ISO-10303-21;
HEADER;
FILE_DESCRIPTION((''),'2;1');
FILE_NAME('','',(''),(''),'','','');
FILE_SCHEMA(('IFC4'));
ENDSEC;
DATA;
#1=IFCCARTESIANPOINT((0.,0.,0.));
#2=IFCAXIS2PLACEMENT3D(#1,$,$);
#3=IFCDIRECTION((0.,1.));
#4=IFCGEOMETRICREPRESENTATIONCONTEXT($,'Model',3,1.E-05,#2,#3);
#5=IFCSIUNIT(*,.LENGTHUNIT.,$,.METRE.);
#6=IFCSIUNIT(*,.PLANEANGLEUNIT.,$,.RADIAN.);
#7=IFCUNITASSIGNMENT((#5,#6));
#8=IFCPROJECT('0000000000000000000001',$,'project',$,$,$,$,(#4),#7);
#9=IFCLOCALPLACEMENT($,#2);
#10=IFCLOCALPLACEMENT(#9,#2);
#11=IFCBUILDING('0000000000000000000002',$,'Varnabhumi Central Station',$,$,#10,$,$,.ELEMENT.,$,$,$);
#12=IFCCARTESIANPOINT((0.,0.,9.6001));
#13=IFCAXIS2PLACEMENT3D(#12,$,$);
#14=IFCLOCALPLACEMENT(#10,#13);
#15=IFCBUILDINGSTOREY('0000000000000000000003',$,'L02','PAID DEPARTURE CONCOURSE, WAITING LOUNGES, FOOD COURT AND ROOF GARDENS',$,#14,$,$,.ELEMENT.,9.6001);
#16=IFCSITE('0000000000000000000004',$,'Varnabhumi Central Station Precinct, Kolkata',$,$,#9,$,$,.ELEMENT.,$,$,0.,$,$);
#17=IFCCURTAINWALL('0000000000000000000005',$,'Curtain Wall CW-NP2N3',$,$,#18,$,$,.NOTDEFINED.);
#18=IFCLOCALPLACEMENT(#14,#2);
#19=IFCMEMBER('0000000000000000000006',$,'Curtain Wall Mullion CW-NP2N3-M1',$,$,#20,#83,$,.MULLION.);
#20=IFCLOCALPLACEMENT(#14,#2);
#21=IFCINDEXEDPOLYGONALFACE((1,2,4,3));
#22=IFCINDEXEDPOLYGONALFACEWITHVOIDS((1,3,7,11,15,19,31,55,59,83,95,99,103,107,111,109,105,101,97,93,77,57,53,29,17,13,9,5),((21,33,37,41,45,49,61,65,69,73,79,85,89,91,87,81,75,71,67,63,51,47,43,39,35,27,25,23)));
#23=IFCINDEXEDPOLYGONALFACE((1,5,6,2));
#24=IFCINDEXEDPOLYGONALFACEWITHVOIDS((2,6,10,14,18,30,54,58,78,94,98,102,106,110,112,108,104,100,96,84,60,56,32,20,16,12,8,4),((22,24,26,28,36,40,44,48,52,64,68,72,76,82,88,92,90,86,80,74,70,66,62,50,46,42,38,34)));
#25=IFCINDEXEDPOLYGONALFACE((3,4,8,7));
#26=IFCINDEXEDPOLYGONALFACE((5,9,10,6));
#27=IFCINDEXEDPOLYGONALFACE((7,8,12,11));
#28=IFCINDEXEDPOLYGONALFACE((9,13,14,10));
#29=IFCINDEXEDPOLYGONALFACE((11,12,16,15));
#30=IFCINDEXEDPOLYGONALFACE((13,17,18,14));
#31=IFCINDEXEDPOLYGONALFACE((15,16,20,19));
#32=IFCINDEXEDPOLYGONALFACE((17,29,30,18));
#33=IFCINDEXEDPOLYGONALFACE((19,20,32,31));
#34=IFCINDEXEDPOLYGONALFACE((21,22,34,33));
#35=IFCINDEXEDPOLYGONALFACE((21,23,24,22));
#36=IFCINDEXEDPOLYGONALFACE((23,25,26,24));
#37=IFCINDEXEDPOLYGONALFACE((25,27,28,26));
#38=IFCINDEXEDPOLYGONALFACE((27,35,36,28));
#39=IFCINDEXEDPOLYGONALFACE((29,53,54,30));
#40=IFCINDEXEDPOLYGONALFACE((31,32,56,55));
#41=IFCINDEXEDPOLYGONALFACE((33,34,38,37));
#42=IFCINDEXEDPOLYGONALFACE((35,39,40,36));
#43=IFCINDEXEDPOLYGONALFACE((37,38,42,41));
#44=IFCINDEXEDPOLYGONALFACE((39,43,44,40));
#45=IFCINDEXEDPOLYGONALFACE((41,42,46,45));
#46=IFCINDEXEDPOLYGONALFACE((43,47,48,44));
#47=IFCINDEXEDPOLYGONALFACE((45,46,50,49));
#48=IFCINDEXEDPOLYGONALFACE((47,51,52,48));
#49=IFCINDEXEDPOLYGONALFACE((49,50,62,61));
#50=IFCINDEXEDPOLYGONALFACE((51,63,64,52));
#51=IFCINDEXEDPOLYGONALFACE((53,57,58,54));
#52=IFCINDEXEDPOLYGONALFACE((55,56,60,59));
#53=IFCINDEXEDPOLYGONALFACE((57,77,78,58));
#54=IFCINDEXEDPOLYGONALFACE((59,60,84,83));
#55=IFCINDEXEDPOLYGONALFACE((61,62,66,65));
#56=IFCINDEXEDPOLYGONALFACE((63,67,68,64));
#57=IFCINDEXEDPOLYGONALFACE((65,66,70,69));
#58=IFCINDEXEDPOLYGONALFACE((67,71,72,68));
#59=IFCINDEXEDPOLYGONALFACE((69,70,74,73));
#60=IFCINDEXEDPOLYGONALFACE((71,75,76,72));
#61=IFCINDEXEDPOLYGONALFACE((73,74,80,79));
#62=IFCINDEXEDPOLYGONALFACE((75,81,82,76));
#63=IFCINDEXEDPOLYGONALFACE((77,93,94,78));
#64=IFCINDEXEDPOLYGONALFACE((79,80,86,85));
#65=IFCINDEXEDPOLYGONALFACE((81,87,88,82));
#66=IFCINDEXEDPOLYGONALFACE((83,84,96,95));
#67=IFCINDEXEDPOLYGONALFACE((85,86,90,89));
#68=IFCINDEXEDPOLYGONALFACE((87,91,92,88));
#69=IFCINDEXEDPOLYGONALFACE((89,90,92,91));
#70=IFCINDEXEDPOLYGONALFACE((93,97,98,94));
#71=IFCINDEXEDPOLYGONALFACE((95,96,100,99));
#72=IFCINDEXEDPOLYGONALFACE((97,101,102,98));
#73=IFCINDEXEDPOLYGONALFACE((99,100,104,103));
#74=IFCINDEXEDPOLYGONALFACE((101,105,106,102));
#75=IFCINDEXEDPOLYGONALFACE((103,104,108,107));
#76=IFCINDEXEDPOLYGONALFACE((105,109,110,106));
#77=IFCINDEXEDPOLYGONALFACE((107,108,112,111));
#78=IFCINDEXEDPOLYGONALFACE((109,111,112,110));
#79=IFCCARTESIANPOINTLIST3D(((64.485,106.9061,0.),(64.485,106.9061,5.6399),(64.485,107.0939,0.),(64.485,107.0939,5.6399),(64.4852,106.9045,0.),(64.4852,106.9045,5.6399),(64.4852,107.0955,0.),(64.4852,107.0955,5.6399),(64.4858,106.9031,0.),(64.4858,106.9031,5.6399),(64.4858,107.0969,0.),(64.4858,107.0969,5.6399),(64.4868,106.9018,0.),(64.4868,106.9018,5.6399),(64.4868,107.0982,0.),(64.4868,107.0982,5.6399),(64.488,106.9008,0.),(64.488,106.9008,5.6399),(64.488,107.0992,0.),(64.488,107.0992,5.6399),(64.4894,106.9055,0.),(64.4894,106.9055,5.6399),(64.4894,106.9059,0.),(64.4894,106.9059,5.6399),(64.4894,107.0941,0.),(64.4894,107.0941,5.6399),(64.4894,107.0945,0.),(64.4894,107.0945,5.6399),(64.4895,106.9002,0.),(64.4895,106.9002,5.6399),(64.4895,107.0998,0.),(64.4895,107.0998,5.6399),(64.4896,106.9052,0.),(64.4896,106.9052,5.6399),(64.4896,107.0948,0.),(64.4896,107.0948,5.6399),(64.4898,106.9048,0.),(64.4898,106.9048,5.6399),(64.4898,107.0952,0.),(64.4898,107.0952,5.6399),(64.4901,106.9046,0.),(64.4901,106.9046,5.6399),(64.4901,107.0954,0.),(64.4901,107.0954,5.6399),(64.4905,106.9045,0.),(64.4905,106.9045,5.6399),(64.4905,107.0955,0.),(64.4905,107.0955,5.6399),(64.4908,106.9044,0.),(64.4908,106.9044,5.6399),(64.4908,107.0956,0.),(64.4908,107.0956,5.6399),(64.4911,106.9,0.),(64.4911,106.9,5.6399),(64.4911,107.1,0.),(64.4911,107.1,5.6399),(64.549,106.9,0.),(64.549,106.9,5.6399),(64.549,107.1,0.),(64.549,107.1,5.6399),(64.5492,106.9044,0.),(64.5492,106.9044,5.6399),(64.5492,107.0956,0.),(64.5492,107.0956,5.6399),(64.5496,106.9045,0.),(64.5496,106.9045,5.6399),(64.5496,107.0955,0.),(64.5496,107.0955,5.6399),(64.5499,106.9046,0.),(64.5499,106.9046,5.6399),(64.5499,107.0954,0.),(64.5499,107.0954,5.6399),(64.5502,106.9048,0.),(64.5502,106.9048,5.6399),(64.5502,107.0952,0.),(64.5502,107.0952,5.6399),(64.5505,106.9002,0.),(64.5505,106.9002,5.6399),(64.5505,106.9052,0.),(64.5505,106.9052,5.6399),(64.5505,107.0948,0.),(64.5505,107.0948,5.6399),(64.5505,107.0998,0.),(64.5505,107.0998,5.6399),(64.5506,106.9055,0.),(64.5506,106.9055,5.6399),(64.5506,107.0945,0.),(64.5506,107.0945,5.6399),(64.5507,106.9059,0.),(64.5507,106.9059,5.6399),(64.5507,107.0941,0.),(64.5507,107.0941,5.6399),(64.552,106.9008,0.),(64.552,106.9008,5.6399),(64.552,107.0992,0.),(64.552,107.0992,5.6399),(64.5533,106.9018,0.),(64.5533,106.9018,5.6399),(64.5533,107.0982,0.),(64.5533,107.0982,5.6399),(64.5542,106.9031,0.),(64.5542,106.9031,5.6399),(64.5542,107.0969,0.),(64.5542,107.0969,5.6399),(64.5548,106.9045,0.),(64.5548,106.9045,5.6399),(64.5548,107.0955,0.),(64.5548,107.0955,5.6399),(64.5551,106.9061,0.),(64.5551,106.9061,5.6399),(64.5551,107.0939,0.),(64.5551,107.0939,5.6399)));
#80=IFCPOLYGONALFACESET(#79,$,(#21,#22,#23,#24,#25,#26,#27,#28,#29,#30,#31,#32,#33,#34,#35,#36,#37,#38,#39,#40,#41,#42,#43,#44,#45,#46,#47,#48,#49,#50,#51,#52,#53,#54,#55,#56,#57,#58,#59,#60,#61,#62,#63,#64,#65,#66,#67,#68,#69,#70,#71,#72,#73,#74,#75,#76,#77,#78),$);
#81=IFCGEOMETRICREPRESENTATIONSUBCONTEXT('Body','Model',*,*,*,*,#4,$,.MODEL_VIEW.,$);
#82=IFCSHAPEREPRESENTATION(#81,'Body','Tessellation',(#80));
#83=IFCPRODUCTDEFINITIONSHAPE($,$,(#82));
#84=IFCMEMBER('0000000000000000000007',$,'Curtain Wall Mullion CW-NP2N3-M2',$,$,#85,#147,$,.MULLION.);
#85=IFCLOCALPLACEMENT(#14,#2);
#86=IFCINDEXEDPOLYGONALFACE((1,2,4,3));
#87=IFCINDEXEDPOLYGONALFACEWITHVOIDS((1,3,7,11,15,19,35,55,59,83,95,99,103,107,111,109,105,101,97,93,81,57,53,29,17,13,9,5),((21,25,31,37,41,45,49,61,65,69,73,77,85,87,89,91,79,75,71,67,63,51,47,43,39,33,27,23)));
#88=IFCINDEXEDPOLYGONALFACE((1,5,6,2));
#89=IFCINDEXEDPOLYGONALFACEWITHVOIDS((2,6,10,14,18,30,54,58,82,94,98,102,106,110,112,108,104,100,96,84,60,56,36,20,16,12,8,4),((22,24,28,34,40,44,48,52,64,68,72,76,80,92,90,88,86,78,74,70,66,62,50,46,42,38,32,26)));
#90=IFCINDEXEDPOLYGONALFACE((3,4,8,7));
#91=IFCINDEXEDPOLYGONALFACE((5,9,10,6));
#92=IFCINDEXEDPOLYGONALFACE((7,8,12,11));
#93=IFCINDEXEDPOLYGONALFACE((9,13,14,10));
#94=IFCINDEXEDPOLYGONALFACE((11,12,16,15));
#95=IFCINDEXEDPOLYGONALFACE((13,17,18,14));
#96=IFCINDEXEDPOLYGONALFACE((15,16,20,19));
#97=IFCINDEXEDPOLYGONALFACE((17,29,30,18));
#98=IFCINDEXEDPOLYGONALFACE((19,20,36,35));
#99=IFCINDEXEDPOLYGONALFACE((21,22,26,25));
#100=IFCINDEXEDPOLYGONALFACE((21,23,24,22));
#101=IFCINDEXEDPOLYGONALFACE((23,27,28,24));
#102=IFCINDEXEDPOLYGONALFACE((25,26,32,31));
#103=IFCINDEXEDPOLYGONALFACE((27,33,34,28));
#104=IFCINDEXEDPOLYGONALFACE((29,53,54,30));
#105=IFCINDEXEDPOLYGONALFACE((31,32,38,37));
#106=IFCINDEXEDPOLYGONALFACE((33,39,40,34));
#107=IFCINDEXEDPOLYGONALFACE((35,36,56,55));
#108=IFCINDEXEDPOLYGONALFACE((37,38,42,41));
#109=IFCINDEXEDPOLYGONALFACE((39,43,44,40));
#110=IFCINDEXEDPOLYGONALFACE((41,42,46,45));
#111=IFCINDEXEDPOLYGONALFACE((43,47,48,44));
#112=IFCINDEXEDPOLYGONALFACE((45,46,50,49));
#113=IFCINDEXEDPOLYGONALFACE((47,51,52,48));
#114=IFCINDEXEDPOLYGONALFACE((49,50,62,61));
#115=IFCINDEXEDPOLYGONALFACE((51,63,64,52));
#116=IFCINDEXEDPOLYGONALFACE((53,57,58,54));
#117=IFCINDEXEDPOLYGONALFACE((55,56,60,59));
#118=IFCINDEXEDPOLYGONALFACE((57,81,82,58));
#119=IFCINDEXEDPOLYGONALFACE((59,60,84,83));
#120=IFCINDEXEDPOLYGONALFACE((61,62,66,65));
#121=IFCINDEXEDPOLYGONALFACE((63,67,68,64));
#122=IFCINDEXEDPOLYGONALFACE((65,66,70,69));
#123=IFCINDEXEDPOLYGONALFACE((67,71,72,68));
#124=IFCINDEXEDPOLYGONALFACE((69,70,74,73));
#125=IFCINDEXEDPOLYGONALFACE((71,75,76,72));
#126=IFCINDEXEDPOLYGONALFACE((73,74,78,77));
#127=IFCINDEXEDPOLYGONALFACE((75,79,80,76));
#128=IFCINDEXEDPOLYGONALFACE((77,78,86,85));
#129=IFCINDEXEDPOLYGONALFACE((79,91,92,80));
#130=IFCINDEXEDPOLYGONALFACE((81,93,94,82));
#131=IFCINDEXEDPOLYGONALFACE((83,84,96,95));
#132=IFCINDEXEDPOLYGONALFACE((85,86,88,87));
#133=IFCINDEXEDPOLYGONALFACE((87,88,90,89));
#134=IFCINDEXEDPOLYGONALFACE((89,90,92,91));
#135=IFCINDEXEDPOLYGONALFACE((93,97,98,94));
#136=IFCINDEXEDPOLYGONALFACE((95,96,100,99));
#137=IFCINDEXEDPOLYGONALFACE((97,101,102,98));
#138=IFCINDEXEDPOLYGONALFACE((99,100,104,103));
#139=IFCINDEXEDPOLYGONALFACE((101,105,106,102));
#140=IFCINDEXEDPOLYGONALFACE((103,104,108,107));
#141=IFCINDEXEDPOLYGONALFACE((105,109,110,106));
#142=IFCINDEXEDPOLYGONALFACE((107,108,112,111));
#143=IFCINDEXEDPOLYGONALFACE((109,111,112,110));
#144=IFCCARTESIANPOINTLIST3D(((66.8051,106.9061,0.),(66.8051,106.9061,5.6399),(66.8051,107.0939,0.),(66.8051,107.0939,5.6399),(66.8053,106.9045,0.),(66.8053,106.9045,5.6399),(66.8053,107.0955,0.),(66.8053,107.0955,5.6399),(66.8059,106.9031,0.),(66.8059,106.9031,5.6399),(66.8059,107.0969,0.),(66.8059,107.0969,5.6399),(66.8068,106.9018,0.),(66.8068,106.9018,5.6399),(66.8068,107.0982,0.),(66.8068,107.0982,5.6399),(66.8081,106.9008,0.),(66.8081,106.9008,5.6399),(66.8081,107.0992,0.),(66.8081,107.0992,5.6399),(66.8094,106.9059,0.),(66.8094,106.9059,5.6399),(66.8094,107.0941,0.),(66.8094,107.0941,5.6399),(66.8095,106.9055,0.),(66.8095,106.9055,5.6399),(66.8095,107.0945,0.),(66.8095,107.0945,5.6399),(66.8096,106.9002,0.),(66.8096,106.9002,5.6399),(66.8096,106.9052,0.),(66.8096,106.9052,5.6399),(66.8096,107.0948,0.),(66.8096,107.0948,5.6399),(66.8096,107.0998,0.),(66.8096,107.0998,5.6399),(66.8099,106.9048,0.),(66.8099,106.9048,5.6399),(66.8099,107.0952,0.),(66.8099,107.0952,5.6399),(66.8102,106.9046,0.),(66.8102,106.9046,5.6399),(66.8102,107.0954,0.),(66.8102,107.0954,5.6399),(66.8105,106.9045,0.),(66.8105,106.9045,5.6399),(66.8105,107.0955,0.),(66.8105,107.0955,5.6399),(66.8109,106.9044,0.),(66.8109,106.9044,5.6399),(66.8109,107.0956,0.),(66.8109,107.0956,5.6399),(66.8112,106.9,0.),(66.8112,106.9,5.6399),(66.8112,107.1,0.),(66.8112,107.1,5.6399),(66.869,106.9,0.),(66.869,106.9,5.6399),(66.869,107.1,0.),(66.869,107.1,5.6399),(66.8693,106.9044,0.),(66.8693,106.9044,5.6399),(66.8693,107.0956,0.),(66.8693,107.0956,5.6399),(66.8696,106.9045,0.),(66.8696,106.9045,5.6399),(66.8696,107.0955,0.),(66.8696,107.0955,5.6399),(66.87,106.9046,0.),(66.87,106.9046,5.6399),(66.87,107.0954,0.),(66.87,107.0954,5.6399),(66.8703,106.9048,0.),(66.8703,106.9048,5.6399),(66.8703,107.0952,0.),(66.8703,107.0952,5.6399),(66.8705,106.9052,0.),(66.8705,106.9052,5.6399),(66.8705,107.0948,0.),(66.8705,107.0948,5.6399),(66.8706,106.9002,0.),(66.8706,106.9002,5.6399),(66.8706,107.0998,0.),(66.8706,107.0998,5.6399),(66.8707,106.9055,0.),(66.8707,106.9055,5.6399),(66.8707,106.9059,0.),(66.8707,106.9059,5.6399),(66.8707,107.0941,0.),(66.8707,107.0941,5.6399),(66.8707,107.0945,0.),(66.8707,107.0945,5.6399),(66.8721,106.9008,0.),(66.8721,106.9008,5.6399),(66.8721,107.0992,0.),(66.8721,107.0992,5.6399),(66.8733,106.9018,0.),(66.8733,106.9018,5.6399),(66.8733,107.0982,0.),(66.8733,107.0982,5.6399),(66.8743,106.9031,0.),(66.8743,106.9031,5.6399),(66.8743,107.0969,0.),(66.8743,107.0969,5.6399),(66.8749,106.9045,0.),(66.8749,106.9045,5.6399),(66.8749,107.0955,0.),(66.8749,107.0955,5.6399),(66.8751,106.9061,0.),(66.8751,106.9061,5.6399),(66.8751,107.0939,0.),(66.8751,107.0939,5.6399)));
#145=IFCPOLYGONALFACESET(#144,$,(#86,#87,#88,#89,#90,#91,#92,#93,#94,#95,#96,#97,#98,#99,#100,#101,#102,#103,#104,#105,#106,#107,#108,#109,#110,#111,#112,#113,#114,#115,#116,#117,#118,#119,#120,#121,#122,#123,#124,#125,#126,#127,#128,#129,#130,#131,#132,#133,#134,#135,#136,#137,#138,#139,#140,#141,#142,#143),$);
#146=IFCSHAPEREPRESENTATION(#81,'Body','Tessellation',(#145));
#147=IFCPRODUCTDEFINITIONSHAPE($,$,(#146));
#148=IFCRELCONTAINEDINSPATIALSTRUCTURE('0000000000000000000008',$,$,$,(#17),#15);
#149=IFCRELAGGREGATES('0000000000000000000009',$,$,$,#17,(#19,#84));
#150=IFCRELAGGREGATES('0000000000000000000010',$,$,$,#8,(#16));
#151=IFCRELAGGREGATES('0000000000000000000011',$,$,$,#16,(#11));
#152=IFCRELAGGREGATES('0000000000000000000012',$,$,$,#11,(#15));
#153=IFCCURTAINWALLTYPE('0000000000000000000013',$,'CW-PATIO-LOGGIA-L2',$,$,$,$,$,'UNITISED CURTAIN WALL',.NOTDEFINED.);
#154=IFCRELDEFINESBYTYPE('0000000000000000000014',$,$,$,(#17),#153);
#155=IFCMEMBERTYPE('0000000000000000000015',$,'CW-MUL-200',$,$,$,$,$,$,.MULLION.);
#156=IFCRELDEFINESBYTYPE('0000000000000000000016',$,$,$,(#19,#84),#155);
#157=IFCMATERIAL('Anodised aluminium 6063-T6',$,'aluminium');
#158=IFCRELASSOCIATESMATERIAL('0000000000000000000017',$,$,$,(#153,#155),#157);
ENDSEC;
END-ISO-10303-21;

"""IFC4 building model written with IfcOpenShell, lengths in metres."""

from ifc_helpers import new_model, si_unit, direction, frame, origin, origin_2d, place, context, subcontext, project, spatial, hollow_rectangle, extrude, material, material_profile, profile_set, type_object, element, aggregate, save


model = new_model("IFC4")

# Units and contexts
model_context = context("Model", 3, precision=1e-05, world=origin(), true_north=direction((0.0, 1.0)))
body_context = subcontext(model_context, "Body", "Model", "MODEL_VIEW")
ifc_project = project(units=[si_unit("LENGTHUNIT", "METRE"), si_unit("PLANEANGLEUNIT", "RADIAN")], contexts=[model_context])

# Site, building, storey
site_placement = place(None, origin())
site = spatial("IfcSite", under=ifc_project, at=site_placement, Name="Varnabhumi Central Station Precinct, Kolkata", CompositionType="ELEMENT", RefElevation=0.0)
building_placement = place(site_placement, origin())
building = spatial("IfcBuilding", under=site, at=building_placement, Name="Varnabhumi Central Station", CompositionType="ELEMENT")
storey_placement = place(building_placement, frame((0.0, 0.0, 9.6001)))
storey = spatial("IfcBuildingStorey", under=building, at=storey_placement, Name="L02", Description="PAID DEPARTURE CONCOURSE, WAITING LOUNGES, FOOD COURT AND ROOF GARDENS", CompositionType="ELEMENT", Elevation=9.6001)

# Shared definitions
ifc_material_1 = material(Name="Anodised aluminium 6063-T6", Category="aluminium")
curtain_wall_type = type_object("IfcCurtainWallType", Name="CW-PATIO-LOGGIA-L2", ElementType="UNITISED CURTAIN WALL", PredefinedType="NOTDEFINED", material=ifc_material_1)
ifc_material_profile_1 = material_profile(ifc_material_1, hollow_rectangle(XDim=0.0701, YDim=0.2, WallThickness=0.0044, InnerFilletRadius=0.0015, OuterFilletRadius=0.0061, at=origin_2d()), Name="Anodised aluminium 6063-T6", Category="aluminium")
ifc_profile_set_1 = profile_set([ifc_material_profile_1], Name="Anodised aluminium 6063-T6")
member_type_1 = type_object("IfcMemberType", Name="CW-MUL-200", PredefinedType="MULLION", material=ifc_profile_set_1)

# Curtain wall, members
curtain_wall_1_placement = place(storey_placement, origin())
curtain_wall_1 = element("IfcCurtainWall", 1, at=curtain_wall_1_placement, inside=storey, type_object=curtain_wall_type, Name="Curtain Wall CW-NP2N3", PredefinedType="NOTDEFINED")
member_1_placement = place(storey_placement, frame((64.52, 107.0, 0.0), z_axis=(0.0, 0.0, 1.0), x_axis=(1.0, 0.0, 0.0)))
member_1 = element("IfcMember", 2, at=member_1_placement, type_object=member_type_1, Name="Curtain Wall Mullion CW-NP2N3-M1", PredefinedType="MULLION", context=body_context, shape_type="SweptSolid", body=[
    extrude(hollow_rectangle(XDim=0.0701, YDim=0.2, WallThickness=0.0044, InnerFilletRadius=0.0015, OuterFilletRadius=0.0061, at=origin_2d()), origin(), (0.0, 0.0, 1.0), 5.6399),
])
member_2_placement = place(storey_placement, frame((66.8401, 107.0, 0.0), z_axis=(0.0, 0.0, 1.0), x_axis=(1.0, 0.0, 0.0)))
member_2 = element("IfcMember", 3, at=member_2_placement, type_object=member_type_1, Name="Curtain Wall Mullion CW-NP2N3-M2", PredefinedType="MULLION", context=body_context, shape_type="SweptSolid", body=[
    extrude(hollow_rectangle(XDim=0.0701, YDim=0.2, WallThickness=0.0044, InnerFilletRadius=0.0015, OuterFilletRadius=0.0061, at=origin_2d()), origin(), (0.0, 0.0, 1.0), 5.6399),
])

aggregate(curtain_wall_1, [member_1, member_2])

save(model, "model.ifc")
